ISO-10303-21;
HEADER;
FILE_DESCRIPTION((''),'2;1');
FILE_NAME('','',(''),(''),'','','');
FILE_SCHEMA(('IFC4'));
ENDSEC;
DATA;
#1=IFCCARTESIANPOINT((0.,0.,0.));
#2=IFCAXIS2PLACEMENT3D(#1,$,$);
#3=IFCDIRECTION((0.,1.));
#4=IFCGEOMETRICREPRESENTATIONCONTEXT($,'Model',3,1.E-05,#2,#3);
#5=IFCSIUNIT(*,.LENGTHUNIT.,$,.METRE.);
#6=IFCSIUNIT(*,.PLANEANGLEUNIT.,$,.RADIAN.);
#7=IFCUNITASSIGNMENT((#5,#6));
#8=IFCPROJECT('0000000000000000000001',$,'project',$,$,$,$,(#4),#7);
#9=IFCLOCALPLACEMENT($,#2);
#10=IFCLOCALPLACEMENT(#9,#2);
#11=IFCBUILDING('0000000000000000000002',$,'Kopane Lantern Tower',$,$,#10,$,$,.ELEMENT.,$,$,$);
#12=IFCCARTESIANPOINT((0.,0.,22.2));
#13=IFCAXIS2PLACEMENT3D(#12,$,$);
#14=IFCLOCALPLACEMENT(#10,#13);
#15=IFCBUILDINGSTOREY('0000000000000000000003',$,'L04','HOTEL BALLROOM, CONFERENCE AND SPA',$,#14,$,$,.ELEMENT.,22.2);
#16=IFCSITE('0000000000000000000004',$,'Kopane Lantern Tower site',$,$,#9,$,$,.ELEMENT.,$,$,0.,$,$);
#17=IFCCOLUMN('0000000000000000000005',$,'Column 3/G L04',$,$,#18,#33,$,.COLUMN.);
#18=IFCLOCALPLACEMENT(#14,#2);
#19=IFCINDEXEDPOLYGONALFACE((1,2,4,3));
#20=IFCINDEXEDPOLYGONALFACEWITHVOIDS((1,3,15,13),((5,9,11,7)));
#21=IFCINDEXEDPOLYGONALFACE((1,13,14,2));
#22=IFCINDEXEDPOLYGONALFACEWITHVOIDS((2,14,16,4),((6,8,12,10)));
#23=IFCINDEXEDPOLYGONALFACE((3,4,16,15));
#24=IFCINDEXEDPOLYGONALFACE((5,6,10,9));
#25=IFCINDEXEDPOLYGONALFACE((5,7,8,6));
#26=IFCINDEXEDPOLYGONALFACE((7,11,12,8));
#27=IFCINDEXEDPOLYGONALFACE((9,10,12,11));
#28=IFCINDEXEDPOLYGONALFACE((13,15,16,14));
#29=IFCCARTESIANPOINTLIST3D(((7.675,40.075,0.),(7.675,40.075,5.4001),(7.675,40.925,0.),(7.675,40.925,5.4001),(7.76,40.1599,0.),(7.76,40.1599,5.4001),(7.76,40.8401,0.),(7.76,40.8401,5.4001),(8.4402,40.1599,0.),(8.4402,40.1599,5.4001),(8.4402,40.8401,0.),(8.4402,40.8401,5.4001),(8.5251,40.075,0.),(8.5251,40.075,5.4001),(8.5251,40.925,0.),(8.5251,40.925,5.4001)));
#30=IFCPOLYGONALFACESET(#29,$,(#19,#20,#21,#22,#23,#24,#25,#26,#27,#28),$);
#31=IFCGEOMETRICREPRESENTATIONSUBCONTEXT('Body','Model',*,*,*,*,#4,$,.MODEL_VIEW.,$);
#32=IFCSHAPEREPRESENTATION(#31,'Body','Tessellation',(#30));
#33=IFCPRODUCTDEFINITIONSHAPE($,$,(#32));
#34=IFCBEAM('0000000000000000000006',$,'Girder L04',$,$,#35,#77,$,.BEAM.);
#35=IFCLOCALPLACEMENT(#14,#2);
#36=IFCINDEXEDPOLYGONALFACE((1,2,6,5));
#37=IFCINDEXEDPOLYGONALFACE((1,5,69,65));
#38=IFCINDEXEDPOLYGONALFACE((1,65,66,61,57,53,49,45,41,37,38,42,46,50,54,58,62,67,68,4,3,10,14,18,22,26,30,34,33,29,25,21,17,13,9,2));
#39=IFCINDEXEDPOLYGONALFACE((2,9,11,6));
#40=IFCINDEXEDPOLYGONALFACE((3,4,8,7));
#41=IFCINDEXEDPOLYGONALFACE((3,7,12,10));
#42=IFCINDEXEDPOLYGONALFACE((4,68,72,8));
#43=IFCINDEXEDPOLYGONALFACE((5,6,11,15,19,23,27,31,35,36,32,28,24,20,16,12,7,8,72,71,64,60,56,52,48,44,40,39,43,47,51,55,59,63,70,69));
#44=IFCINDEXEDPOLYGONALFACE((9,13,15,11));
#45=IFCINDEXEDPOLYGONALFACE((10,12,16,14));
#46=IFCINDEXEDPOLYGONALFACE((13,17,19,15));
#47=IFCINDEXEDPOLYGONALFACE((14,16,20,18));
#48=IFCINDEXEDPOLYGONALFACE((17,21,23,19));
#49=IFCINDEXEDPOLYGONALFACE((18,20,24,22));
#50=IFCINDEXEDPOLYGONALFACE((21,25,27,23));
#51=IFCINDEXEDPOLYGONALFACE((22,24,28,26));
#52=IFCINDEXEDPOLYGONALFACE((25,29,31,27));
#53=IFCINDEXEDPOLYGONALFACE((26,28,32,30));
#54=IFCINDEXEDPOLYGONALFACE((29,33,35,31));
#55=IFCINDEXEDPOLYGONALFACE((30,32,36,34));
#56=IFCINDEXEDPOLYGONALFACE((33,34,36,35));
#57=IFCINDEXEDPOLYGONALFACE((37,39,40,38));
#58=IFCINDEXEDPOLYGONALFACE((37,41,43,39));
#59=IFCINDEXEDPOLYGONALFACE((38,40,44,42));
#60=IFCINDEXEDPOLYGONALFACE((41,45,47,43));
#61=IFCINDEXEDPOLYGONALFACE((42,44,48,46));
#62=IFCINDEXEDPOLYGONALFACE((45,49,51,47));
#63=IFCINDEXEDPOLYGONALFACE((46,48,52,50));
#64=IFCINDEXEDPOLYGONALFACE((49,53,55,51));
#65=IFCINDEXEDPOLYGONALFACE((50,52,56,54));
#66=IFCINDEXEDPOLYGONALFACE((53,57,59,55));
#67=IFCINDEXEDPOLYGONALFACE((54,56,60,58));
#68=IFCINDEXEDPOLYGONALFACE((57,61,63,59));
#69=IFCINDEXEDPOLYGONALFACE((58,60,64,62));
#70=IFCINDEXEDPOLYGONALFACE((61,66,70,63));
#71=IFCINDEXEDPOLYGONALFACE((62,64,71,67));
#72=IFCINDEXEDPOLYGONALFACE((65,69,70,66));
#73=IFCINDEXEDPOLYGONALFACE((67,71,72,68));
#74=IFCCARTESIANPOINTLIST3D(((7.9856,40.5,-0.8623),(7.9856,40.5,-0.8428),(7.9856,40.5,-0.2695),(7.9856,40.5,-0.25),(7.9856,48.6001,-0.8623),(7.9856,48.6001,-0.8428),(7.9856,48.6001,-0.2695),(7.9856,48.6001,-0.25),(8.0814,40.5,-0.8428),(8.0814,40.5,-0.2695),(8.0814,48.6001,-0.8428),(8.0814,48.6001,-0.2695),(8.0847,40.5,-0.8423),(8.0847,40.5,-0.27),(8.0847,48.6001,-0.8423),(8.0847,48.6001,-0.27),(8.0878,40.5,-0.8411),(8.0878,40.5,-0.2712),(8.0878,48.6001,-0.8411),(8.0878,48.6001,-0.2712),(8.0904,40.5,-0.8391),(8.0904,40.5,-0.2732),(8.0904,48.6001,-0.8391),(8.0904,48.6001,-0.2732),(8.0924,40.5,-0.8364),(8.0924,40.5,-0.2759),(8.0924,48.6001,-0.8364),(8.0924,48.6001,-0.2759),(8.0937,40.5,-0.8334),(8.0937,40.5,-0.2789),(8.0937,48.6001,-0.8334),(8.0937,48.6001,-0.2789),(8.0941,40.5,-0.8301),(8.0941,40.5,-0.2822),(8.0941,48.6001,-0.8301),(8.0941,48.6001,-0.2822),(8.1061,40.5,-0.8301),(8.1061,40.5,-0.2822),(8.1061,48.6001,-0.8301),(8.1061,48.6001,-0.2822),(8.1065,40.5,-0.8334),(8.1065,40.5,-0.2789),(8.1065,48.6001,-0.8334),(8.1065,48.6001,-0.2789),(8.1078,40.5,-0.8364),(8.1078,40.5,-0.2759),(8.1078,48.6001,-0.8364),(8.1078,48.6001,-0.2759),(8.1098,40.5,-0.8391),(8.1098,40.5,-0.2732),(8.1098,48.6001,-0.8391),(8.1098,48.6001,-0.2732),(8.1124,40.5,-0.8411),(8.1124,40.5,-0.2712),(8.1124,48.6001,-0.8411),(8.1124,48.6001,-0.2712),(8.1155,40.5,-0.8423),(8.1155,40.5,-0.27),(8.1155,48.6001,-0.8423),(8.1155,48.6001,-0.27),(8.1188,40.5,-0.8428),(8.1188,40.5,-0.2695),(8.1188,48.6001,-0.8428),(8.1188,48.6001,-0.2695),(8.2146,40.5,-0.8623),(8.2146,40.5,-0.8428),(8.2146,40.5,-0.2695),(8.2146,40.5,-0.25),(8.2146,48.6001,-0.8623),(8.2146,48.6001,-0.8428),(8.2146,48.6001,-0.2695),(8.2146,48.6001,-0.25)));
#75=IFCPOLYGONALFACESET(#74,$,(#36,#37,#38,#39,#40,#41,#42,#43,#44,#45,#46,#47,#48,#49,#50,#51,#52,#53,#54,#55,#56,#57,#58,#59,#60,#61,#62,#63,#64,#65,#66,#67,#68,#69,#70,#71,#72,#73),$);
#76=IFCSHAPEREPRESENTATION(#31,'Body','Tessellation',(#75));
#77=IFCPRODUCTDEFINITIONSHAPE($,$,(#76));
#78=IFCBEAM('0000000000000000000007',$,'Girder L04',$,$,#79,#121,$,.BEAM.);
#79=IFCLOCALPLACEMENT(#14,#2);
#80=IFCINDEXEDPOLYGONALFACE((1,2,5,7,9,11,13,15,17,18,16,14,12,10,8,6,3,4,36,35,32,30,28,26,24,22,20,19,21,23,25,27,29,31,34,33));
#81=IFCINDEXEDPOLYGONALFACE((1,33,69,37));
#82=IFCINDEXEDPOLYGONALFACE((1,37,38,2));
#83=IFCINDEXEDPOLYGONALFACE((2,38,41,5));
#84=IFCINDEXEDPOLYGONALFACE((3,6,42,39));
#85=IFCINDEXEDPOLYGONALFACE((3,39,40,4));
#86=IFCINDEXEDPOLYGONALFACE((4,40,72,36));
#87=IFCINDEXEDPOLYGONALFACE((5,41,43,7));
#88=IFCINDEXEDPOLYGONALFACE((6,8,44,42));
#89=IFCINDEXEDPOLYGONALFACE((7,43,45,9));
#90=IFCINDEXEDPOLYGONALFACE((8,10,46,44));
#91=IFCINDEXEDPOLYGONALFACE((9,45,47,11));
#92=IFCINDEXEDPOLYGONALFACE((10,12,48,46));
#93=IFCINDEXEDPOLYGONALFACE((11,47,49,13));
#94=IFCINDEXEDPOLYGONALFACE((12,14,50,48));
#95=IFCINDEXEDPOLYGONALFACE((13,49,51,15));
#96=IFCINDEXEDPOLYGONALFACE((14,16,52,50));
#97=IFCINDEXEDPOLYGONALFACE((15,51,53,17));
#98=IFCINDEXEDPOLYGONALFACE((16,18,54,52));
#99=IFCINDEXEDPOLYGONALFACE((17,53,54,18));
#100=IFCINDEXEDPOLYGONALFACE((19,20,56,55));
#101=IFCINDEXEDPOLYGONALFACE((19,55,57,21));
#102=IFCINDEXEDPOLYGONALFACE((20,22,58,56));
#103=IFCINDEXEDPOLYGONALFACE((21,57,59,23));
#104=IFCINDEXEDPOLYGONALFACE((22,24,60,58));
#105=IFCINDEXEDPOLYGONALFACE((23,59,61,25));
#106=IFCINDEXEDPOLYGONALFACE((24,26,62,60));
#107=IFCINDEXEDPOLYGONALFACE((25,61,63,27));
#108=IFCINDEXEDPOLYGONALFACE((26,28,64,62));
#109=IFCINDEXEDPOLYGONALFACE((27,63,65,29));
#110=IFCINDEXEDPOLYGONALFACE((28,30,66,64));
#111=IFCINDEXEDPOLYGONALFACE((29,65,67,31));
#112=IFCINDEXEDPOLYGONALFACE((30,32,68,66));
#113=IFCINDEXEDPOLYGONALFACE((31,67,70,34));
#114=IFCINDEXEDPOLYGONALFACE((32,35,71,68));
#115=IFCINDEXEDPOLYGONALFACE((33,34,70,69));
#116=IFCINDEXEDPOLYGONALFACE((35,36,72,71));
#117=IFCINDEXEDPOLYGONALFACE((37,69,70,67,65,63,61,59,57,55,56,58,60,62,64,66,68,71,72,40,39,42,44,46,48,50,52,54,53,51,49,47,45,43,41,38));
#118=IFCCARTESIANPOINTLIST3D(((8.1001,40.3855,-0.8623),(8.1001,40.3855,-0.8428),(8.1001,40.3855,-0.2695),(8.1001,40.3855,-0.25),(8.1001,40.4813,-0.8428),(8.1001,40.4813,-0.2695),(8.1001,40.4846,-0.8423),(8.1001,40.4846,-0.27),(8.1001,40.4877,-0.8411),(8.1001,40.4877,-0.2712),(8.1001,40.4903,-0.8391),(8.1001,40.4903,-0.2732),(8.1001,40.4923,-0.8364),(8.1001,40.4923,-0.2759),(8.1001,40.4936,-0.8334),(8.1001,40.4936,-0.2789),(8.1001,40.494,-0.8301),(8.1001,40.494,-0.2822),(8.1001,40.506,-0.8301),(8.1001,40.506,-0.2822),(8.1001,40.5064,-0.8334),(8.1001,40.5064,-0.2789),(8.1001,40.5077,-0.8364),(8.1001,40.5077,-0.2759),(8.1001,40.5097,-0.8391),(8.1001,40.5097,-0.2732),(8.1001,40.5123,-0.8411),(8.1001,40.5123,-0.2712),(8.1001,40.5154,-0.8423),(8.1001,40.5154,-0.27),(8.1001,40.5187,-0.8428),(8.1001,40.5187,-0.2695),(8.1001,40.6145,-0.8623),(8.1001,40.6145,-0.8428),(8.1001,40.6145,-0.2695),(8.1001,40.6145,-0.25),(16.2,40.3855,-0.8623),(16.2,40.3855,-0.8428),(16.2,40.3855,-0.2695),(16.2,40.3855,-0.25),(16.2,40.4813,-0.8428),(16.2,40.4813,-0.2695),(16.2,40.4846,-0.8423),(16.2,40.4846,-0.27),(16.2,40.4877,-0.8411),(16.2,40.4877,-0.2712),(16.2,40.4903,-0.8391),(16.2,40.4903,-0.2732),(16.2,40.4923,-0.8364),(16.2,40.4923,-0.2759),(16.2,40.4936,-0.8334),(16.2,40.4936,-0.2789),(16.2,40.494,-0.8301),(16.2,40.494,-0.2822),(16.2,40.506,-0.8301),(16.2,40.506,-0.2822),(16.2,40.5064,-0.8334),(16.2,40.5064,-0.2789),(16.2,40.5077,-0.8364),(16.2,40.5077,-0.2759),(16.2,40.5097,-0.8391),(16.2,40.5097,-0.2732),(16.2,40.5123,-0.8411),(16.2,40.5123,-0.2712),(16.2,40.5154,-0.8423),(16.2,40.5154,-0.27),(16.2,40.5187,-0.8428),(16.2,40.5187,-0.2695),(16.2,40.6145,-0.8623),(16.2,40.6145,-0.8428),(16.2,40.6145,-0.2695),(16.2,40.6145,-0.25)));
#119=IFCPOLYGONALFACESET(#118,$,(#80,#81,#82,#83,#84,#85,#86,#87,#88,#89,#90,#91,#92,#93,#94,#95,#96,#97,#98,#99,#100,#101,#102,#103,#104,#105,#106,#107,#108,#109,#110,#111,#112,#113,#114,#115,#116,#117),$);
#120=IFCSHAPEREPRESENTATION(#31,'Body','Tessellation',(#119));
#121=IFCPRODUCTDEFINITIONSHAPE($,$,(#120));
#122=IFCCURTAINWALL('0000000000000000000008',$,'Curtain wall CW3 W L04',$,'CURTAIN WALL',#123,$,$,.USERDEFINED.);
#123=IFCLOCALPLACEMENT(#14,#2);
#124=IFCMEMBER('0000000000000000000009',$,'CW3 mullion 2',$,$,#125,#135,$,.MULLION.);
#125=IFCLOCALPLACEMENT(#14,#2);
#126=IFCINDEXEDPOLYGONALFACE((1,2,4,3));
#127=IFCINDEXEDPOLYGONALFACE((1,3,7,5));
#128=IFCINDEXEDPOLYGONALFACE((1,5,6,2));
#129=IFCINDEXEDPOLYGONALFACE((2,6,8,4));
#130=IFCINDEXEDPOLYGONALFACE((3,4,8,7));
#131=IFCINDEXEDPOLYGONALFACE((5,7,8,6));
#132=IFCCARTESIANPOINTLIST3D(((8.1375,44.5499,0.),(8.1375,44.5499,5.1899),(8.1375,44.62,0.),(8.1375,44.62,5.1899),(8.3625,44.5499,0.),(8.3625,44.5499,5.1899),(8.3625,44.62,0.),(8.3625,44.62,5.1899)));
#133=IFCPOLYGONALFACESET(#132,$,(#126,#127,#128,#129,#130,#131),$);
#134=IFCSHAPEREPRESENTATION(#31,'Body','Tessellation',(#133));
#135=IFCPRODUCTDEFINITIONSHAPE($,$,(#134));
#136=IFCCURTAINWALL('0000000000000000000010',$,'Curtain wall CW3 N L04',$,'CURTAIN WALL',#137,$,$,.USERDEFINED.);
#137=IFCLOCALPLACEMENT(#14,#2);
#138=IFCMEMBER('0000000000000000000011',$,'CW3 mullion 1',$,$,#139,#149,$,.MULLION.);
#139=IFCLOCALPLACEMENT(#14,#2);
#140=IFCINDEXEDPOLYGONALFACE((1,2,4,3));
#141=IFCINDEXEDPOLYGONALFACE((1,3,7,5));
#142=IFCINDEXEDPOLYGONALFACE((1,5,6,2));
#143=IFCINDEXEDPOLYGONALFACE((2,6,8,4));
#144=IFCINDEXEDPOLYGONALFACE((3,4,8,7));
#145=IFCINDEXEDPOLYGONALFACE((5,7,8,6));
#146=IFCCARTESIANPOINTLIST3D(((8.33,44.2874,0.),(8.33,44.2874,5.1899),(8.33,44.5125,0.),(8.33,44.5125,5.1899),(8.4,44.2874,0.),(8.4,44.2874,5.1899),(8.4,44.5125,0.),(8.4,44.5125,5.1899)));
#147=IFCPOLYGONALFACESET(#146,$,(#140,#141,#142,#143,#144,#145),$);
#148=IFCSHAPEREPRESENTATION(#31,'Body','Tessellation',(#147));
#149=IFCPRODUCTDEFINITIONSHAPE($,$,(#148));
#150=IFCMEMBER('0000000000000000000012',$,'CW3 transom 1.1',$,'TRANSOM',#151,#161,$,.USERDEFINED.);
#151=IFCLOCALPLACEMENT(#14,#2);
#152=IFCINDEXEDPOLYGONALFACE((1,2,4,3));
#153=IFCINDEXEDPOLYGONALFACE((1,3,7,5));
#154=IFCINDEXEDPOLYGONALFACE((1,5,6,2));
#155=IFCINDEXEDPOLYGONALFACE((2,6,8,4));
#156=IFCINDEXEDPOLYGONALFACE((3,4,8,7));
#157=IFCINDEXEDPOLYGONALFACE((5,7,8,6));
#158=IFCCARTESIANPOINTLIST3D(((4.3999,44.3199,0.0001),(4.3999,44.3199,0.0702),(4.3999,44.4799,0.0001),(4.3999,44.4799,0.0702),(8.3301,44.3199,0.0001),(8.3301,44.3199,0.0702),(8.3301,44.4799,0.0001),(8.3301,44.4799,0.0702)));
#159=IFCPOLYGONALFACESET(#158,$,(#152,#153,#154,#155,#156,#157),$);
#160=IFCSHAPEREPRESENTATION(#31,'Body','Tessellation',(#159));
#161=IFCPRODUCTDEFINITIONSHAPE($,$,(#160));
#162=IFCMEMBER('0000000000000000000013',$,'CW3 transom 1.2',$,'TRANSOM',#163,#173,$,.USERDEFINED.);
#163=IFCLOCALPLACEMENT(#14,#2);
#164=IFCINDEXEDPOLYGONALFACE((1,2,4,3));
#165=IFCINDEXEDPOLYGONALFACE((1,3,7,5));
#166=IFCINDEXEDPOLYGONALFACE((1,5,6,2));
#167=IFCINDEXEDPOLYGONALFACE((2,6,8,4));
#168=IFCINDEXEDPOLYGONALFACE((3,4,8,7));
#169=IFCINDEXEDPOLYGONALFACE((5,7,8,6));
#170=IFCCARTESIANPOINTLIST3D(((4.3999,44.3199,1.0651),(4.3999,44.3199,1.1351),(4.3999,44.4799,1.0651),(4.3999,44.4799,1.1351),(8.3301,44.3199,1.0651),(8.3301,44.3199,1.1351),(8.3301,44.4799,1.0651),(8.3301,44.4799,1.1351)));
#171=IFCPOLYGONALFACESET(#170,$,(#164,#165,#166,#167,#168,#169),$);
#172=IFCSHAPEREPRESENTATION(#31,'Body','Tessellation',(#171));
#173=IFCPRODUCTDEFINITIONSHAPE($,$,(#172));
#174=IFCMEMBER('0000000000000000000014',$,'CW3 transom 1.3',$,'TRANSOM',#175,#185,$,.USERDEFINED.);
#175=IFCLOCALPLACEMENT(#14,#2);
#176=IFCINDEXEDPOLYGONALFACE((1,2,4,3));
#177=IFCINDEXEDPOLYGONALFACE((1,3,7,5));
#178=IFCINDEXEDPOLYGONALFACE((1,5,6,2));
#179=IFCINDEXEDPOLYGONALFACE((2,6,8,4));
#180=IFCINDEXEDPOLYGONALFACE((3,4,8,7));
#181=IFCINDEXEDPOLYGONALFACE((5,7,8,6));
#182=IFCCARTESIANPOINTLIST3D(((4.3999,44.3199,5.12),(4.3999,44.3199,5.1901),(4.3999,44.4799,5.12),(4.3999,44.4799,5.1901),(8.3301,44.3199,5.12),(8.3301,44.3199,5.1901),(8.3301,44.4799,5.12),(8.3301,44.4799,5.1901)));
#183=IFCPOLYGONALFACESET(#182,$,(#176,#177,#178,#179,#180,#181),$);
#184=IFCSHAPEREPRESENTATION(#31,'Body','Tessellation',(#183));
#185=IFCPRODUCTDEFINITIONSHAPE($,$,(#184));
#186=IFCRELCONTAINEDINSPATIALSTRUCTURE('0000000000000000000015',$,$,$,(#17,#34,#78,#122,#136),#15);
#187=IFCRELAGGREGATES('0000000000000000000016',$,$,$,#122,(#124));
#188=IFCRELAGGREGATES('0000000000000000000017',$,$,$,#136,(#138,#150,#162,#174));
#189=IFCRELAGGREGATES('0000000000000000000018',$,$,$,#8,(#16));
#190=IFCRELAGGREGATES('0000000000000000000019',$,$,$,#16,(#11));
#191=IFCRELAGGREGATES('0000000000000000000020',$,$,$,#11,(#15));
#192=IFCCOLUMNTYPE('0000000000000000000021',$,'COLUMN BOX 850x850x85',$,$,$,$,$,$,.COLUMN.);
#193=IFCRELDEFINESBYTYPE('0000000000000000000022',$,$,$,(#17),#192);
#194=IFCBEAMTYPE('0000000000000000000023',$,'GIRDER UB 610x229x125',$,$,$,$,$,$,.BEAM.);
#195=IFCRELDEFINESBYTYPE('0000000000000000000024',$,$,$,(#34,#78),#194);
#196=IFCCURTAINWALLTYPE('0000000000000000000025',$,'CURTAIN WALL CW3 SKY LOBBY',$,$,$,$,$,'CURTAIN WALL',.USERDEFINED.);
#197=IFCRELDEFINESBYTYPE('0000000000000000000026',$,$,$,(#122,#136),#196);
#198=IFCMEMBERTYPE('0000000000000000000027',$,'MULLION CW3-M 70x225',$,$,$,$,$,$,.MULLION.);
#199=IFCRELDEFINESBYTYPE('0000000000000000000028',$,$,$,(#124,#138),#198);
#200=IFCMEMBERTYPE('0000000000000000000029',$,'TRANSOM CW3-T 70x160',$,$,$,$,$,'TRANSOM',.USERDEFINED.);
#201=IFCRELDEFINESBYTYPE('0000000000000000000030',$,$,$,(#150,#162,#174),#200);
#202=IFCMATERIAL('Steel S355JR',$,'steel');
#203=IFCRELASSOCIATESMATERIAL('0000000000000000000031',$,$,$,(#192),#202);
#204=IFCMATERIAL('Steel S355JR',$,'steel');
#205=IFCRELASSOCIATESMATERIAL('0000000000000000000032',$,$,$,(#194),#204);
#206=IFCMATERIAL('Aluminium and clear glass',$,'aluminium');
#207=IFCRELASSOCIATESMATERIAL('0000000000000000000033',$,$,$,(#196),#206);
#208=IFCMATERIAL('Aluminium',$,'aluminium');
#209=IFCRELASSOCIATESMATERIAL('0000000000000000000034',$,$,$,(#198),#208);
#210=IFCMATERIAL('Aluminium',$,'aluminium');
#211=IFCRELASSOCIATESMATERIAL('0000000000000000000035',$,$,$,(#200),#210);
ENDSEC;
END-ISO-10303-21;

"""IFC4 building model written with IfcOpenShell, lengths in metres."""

from ifc_helpers import new_model, si_unit, direction, frame, origin, origin_2d, place, context, subcontext, project, spatial, rectangle, hollow_rectangle, i_section, extrude, material, material_profile, profile_set, type_object, element, aggregate, save


model = new_model("IFC4")

# Units and contexts
model_context = context("Model", 3, precision=1e-05, world=origin(), true_north=direction((0.0, 1.0)))
body_context = subcontext(model_context, "Body", "Model", "MODEL_VIEW")
ifc_project = project(units=[si_unit("LENGTHUNIT", "METRE"), si_unit("PLANEANGLEUNIT", "RADIAN")], contexts=[model_context])

# Site, building, storey
site_placement = place(None, origin())
site = spatial("IfcSite", under=ifc_project, at=site_placement, Name="Kopane Lantern Tower site", CompositionType="ELEMENT", RefElevation=0.0)
building_placement = place(site_placement, origin())
building = spatial("IfcBuilding", under=site, at=building_placement, Name="Kopane Lantern Tower", CompositionType="ELEMENT")
storey_placement = place(building_placement, frame((0.0, 0.0, 22.2)))
storey = spatial("IfcBuildingStorey", under=building, at=storey_placement, Name="L04", Description="HOTEL BALLROOM, CONFERENCE AND SPA", CompositionType="ELEMENT", Elevation=22.2)

# Column
ifc_material_1 = material(Name="Steel S355JR", Category="steel")
ifc_material_profile_1 = material_profile(ifc_material_1, hollow_rectangle(XDim=0.8501, YDim=0.8501, WallThickness=0.085, at=origin_2d()), Name="BOX 850x850x85")
ifc_profile_set_1 = profile_set([ifc_material_profile_1], Name="Steel S355JR")
column_type = type_object("IfcColumnType", Name="COLUMN BOX 850x850x85", PredefinedType="COLUMN", material=ifc_profile_set_1)
column_placement = place(storey_placement, frame((8.1001, 40.5, 0.0), z_axis=(0.0, 0.0, 1.0), x_axis=(1.0, 0.0, 0.0)))
element("IfcColumn", 1, at=column_placement, inside=storey, type_object=column_type, Name="Column 3/G L04", PredefinedType="COLUMN", context=body_context, shape_type="SweptSolid", body=[
    extrude(hollow_rectangle(XDim=0.8501, YDim=0.8501, WallThickness=0.085, at=origin_2d()), origin(), (0.0, 0.0, 1.0), 5.4001),
])

# Beams
ifc_material_2 = material(Name="Steel S355JR", Category="steel")
ifc_material_profile_2 = material_profile(ifc_material_2, i_section(OverallWidth=0.229, OverallDepth=0.6123, WebThickness=0.012, FlangeThickness=0.0195, FilletRadius=0.0127, at=origin_2d()), Name="UB 610x229x125")
ifc_profile_set_2 = profile_set([ifc_material_profile_2], Name="Steel S355JR")
beam_type = type_object("IfcBeamType", Name="GIRDER UB 610x229x125", PredefinedType="BEAM", material=ifc_profile_set_2)
beam_1_placement = place(storey_placement, frame((8.1001, 40.5, -0.5562), z_axis=(0.0, 1.0, 0.0), x_axis=(-1.0, 0.0, 0.0)))
element("IfcBeam", 2, at=beam_1_placement, inside=storey, type_object=beam_type, Name="Girder L04", PredefinedType="BEAM", context=body_context, shape_type="SweptSolid", body=[
    extrude(i_section(OverallWidth=0.229, OverallDepth=0.6123, WebThickness=0.012, FlangeThickness=0.0195, FilletRadius=0.0127, at=origin_2d()), origin(), (0.0, 0.0, 1.0), 8.1001),
])
beam_2_placement = place(storey_placement, frame((8.1001, 40.5, -0.5562), z_axis=(1.0, 0.0, 0.0), x_axis=(0.0, 1.0, 0.0)))
element("IfcBeam", 3, at=beam_2_placement, inside=storey, type_object=beam_type, Name="Girder L04", PredefinedType="BEAM", context=body_context, shape_type="SweptSolid", body=[
    extrude(i_section(OverallWidth=0.229, OverallDepth=0.6123, WebThickness=0.012, FlangeThickness=0.0195, FilletRadius=0.0127, at=origin_2d()), origin(), (0.0, 0.0, 1.0), 8.0999),
])

# Curtain wall, member
ifc_material_3 = material(Name="Aluminium and clear glass", Category="aluminium")
curtain_wall_type = type_object("IfcCurtainWallType", Name="CURTAIN WALL CW3 SKY LOBBY", ElementType="CURTAIN WALL", PredefinedType="USERDEFINED", material=ifc_material_3)
curtain_wall_1_placement = place(storey_placement, origin())
curtain_wall_1 = element("IfcCurtainWall", 4, at=curtain_wall_1_placement, inside=storey, type_object=curtain_wall_type, Name="Curtain wall CW3 W L04", ObjectType="CURTAIN WALL", PredefinedType="USERDEFINED")
ifc_material_4 = material(Name="Aluminium", Category="aluminium")
ifc_material_profile_3 = material_profile(ifc_material_4, rectangle(XDim=0.0701, YDim=0.2251, at=origin_2d()), Name="AL 70x225")
ifc_profile_set_3 = profile_set([ifc_material_profile_3], Name="Aluminium")
member_type_1 = type_object("IfcMemberType", Name="MULLION CW3-M 70x225", PredefinedType="MULLION", material=ifc_profile_set_3)
member_1_placement = place(storey_placement, frame((8.25, 44.585, 0.0), z_axis=(0.0, 0.0, 1.0), x_axis=(0.0, -1.0, 0.0)))
member_1 = element("IfcMember", 5, at=member_1_placement, type_object=member_type_1, Name="CW3 mullion 2", PredefinedType="MULLION", context=body_context, shape_type="SweptSolid", body=[
    extrude(rectangle(XDim=0.0701, YDim=0.2251, at=origin_2d()), origin(), (0.0, 0.0, 1.0), 5.1899),
])
aggregate(curtain_wall_1, [member_1])

# Curtain wall, members
curtain_wall_2_placement = place(storey_placement, origin())
curtain_wall_2 = element("IfcCurtainWall", 6, at=curtain_wall_2_placement, inside=storey, type_object=curtain_wall_type, Name="Curtain wall CW3 N L04", ObjectType="CURTAIN WALL", PredefinedType="USERDEFINED")
member_2_placement = place(storey_placement, frame((8.365, 44.3999, 0.0), z_axis=(0.0, 0.0, 1.0), x_axis=(-1.0, 0.0, 0.0)))
member_2 = element("IfcMember", 7, at=member_2_placement, type_object=member_type_1, Name="CW3 mullion 1", PredefinedType="MULLION", context=body_context, shape_type="SweptSolid", body=[
    extrude(rectangle(XDim=0.0701, YDim=0.2251, at=origin_2d()), origin(), (0.0, 0.0, 1.0), 5.1899),
])
ifc_material_5 = material(Name="Aluminium", Category="aluminium")
ifc_material_profile_4 = material_profile(ifc_material_5, rectangle(XDim=0.1599, YDim=0.0701, at=origin_2d()), Name="AL 160x70")
ifc_profile_set_4 = profile_set([ifc_material_profile_4], Name="Aluminium")
member_type_2 = type_object("IfcMemberType", Name="TRANSOM CW3-T 70x160", ElementType="TRANSOM", PredefinedType="USERDEFINED", material=ifc_profile_set_4)
member_3_placement = place(storey_placement, frame((8.3301, 44.3999, 0.0352), z_axis=(-1.0, 0.0, 0.0), x_axis=(0.0, -1.0, 0.0)))
member_3 = element("IfcMember", 8, at=member_3_placement, type_object=member_type_2, Name="CW3 transom 1.1", ObjectType="TRANSOM", PredefinedType="USERDEFINED", context=body_context, shape_type="SweptSolid", body=[
    extrude(rectangle(XDim=0.1599, YDim=0.0701, at=origin_2d()), origin(), (0.0, 0.0, 1.0), 3.9302),
])
member_4_placement = place(storey_placement, frame((8.3301, 44.3999, 1.1001), z_axis=(-1.0, 0.0, 0.0), x_axis=(0.0, -1.0, 0.0)))
member_4 = element("IfcMember", 9, at=member_4_placement, type_object=member_type_2, Name="CW3 transom 1.2", ObjectType="TRANSOM", PredefinedType="USERDEFINED", context=body_context, shape_type="SweptSolid", body=[
    extrude(rectangle(XDim=0.1599, YDim=0.0701, at=origin_2d()), origin(), (0.0, 0.0, 1.0), 3.9302),
])
member_5_placement = place(storey_placement, frame((8.3301, 44.3999, 5.155), z_axis=(-1.0, 0.0, 0.0), x_axis=(0.0, -1.0, 0.0)))
member_5 = element("IfcMember", 10, at=member_5_placement, type_object=member_type_2, Name="CW3 transom 1.3", ObjectType="TRANSOM", PredefinedType="USERDEFINED", context=body_context, shape_type="SweptSolid", body=[
    extrude(rectangle(XDim=0.1599, YDim=0.0701, at=origin_2d()), origin(), (0.0, 0.0, 1.0), 3.9302),
])
aggregate(curtain_wall_2, [member_2, member_3, member_4, member_5])

save(model, "model.ifc")
